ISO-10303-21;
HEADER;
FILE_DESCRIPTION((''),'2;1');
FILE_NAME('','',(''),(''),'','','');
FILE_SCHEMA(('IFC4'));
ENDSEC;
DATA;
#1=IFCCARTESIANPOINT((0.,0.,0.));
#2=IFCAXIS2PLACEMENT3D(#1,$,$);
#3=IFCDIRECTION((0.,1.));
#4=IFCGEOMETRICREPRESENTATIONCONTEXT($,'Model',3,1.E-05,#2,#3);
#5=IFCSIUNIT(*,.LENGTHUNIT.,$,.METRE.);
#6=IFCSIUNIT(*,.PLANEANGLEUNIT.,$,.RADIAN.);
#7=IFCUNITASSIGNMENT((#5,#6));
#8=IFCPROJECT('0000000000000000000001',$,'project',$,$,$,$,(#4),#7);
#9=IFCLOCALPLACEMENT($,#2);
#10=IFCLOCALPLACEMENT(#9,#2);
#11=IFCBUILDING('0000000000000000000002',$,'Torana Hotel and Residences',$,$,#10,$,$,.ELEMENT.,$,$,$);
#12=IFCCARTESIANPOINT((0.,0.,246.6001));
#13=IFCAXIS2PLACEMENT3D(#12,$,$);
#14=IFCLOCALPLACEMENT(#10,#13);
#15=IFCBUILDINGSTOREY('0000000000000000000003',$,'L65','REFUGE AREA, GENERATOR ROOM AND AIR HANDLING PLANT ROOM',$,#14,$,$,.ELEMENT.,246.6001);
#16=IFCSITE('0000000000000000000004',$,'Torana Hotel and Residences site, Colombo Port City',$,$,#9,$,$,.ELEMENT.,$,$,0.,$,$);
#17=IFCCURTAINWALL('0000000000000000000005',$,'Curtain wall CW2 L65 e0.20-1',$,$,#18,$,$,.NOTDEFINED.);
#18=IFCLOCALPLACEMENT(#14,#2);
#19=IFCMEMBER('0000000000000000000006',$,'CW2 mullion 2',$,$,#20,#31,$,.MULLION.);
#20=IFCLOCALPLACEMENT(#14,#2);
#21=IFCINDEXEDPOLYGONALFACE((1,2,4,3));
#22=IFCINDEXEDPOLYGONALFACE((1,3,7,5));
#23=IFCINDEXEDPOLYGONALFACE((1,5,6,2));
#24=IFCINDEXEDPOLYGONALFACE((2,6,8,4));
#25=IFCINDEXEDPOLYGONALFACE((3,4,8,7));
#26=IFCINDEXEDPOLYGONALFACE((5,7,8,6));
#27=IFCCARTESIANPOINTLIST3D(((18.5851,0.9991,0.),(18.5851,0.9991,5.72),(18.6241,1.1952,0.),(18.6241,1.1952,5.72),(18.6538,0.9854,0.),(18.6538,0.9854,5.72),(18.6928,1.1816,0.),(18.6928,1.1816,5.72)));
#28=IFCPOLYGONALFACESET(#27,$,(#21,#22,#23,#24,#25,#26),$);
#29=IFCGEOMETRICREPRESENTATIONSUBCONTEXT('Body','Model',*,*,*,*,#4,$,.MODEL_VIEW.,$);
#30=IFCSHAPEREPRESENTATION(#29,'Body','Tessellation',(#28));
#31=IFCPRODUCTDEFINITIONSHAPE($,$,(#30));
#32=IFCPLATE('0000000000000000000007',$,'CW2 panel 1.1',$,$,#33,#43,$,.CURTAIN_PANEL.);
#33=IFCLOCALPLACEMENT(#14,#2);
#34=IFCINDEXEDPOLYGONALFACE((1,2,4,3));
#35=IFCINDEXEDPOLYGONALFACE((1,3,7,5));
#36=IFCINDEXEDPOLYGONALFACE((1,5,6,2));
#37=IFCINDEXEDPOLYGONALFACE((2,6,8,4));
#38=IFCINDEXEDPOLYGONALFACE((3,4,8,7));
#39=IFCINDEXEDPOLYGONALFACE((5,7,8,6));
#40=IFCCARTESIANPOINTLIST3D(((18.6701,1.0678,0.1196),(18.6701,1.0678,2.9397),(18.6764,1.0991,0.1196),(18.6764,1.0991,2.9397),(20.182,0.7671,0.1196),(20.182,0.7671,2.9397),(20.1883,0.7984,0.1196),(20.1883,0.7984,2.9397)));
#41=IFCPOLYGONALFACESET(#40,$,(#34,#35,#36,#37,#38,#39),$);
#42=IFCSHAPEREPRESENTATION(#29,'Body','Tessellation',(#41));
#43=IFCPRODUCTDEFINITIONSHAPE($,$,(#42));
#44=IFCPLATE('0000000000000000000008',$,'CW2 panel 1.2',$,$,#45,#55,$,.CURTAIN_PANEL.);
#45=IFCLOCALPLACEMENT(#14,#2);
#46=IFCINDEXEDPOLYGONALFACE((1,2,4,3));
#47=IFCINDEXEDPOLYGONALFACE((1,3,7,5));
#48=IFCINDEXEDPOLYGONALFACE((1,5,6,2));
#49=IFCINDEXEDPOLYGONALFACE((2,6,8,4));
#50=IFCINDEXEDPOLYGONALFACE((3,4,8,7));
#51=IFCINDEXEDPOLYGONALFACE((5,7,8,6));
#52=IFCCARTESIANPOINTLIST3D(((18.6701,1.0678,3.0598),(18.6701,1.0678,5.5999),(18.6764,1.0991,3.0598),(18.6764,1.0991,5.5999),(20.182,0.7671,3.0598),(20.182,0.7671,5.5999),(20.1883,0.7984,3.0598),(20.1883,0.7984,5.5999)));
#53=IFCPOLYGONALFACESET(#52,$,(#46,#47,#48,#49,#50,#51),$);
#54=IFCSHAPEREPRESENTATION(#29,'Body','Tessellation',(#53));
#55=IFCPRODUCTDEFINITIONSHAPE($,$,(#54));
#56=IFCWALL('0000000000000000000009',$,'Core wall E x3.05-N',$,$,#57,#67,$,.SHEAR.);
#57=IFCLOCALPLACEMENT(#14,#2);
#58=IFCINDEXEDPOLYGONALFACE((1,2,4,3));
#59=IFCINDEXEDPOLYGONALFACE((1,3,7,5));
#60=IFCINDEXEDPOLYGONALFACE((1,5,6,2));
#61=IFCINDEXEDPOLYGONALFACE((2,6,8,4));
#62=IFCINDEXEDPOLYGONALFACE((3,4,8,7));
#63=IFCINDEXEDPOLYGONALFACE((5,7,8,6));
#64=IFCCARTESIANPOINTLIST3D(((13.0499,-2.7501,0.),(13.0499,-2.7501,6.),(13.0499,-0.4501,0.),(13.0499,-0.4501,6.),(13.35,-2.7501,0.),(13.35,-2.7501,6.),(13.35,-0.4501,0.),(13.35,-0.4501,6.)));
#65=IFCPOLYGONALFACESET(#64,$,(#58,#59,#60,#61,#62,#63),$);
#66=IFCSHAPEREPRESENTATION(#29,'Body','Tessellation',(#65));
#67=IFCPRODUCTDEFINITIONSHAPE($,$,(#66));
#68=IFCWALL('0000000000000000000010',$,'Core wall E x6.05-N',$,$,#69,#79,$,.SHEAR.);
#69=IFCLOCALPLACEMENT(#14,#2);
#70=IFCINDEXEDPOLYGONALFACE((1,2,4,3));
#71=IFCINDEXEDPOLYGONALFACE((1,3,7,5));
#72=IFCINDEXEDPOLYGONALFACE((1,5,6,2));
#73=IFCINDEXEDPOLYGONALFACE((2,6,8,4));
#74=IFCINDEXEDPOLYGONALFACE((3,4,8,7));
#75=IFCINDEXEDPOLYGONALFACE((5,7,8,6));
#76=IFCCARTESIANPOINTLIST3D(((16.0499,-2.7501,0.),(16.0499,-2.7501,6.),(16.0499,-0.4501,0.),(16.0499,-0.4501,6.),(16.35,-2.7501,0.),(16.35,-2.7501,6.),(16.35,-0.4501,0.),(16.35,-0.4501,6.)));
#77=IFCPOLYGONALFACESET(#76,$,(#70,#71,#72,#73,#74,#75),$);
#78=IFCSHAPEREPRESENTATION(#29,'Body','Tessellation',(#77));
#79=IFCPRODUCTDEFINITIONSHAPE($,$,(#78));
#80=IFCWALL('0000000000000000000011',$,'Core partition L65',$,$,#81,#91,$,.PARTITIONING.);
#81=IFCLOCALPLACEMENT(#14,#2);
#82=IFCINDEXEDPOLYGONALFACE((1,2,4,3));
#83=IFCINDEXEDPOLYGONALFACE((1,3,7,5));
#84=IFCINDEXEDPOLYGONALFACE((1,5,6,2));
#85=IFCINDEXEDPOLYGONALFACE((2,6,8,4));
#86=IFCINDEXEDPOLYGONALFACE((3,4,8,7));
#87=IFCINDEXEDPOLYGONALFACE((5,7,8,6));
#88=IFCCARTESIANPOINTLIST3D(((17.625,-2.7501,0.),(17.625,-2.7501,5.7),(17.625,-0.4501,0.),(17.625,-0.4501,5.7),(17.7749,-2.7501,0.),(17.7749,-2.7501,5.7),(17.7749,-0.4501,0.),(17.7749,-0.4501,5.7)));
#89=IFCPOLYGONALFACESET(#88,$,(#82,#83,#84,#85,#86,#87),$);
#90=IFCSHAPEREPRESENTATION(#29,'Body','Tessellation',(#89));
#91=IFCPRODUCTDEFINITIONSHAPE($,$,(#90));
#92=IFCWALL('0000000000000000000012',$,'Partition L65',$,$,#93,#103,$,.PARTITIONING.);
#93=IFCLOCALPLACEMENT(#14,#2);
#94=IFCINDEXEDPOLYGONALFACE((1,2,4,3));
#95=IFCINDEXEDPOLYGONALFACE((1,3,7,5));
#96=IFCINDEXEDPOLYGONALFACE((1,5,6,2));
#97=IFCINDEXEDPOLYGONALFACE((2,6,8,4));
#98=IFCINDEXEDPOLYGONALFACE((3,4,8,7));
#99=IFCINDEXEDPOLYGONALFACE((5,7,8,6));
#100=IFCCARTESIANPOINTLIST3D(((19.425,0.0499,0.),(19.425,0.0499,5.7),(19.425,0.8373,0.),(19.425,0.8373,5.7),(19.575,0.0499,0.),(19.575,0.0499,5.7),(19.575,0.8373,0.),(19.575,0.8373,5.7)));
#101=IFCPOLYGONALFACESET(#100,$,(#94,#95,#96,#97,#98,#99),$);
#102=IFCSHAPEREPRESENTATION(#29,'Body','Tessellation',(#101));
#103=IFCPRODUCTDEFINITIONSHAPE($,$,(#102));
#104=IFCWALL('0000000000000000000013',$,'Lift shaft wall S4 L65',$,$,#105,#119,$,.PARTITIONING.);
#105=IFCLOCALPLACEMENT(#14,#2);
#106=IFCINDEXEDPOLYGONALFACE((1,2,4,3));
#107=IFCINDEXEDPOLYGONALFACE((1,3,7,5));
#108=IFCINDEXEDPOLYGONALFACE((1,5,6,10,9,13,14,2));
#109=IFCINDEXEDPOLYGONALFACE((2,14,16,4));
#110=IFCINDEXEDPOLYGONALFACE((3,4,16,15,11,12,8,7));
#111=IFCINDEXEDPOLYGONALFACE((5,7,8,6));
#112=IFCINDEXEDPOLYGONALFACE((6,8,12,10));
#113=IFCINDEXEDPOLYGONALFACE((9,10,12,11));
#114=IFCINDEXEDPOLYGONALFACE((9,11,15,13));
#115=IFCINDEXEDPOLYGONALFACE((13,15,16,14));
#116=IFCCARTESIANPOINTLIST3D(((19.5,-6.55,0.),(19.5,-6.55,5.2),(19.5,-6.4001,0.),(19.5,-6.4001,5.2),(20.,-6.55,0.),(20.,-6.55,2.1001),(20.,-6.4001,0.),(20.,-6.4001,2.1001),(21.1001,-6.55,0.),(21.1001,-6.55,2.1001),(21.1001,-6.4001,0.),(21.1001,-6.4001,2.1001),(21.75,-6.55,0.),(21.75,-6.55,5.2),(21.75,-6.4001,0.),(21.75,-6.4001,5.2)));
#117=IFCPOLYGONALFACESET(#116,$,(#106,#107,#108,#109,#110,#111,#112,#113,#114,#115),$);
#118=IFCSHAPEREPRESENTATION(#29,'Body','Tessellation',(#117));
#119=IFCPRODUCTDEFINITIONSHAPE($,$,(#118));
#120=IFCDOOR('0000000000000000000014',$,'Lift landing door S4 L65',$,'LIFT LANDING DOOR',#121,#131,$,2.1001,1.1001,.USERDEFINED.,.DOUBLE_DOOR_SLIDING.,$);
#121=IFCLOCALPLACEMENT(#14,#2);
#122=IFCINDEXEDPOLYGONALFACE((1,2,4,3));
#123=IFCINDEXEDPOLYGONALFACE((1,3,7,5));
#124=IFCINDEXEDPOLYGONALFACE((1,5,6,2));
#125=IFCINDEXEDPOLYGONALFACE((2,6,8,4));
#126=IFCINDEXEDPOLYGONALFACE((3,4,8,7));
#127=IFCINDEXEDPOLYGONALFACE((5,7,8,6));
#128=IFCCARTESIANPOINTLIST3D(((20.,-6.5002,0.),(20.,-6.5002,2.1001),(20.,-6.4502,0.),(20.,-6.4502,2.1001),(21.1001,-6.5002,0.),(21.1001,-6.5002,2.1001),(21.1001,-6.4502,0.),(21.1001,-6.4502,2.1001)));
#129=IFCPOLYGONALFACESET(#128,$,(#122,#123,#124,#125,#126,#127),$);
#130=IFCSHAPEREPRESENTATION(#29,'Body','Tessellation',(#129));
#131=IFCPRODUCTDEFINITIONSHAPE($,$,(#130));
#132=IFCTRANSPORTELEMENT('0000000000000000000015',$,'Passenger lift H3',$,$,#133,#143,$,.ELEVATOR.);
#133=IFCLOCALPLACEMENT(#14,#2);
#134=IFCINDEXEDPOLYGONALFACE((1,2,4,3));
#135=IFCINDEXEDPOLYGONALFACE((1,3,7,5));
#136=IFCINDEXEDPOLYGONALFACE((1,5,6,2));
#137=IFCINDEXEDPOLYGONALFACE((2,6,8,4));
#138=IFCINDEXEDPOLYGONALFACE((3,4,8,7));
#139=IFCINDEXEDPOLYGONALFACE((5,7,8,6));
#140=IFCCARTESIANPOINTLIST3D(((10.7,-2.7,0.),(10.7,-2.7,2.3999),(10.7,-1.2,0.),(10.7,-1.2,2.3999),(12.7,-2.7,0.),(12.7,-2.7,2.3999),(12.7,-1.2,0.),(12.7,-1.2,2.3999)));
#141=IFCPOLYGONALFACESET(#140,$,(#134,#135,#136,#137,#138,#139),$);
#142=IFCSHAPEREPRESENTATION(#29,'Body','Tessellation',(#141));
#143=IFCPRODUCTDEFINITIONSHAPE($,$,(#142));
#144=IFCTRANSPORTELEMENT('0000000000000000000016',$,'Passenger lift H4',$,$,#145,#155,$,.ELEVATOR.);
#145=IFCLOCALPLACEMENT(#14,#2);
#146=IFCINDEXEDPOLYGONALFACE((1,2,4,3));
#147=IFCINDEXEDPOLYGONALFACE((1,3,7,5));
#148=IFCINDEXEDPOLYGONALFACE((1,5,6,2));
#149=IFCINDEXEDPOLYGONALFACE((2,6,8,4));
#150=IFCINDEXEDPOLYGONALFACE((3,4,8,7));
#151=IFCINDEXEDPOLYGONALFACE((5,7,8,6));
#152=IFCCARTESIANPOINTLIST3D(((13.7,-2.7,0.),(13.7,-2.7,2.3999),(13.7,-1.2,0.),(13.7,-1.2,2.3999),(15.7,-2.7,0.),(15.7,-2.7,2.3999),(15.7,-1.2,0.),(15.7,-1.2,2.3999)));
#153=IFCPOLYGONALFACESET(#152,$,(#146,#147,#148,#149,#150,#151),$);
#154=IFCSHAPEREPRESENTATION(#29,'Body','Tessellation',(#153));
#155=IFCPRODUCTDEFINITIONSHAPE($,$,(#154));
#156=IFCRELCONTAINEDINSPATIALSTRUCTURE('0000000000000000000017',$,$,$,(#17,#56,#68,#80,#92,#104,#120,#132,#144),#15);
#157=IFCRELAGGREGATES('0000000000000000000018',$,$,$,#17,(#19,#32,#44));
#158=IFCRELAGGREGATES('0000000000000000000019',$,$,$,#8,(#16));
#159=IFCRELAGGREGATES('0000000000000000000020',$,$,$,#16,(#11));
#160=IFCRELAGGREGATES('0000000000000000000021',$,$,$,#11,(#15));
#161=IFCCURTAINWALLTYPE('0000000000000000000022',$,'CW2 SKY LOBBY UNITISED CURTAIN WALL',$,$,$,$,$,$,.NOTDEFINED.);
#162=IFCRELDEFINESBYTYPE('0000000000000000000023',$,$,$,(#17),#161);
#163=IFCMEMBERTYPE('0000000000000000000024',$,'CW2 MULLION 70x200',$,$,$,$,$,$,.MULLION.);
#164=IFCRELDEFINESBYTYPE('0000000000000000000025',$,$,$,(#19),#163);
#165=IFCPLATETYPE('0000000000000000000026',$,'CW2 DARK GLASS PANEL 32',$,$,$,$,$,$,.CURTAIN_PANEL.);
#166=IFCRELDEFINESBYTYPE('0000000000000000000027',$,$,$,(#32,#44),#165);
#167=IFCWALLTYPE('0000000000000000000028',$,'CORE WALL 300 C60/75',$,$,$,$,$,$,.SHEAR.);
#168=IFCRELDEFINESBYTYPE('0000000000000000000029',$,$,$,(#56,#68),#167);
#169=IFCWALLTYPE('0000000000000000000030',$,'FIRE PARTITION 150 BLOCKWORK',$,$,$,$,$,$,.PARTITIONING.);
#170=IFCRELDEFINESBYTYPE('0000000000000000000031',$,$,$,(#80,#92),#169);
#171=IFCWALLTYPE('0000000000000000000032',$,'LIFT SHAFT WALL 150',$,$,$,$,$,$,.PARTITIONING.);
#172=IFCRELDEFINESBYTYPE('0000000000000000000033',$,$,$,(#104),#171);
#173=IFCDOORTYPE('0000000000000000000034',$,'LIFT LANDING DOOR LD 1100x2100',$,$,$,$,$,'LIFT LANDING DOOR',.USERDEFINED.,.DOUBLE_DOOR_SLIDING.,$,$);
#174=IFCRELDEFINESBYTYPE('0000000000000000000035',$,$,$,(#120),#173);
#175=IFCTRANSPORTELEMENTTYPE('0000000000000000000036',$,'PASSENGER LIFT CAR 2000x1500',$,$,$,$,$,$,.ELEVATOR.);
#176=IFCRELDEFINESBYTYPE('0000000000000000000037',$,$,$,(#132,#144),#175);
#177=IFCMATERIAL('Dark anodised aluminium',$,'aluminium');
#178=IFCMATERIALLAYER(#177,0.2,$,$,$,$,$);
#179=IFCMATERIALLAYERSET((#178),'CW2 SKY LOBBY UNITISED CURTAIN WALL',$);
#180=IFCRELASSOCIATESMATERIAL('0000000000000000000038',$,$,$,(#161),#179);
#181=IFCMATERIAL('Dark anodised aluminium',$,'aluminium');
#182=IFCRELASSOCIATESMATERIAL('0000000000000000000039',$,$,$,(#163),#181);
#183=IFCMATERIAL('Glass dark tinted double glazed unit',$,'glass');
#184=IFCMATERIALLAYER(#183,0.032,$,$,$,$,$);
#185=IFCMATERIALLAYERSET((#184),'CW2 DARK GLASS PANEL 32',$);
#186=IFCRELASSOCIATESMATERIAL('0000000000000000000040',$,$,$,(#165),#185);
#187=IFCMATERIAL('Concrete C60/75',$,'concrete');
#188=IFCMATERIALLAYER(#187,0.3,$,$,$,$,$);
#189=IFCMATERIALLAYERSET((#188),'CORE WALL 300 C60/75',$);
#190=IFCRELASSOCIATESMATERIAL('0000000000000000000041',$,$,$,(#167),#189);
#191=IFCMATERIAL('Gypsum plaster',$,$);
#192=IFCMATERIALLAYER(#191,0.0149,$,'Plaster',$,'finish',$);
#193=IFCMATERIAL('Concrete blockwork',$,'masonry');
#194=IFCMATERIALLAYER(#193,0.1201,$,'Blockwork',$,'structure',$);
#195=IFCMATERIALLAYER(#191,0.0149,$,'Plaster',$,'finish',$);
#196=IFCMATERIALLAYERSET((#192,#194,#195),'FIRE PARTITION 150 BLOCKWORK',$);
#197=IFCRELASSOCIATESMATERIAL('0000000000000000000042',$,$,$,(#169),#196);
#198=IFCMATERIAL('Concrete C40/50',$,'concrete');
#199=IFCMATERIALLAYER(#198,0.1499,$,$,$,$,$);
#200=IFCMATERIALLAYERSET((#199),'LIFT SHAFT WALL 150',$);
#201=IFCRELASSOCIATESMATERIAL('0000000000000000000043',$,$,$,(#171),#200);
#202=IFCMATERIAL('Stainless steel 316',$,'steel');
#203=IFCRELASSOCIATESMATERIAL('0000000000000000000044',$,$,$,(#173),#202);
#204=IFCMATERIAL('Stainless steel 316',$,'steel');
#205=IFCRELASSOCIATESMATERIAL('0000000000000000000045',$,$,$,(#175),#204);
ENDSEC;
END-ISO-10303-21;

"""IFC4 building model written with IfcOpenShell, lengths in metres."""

from ifc_helpers import new_model, si_unit, direction, frame, frame_2d, origin, origin_2d, place, context, subcontext, project, spatial, rectangle, extrude, material, layer, layer_set, material_profile, profile_set, type_object, element, fill, aggregate, save


model = new_model("IFC4")

# Units and contexts
model_context = context("Model", 3, precision=1e-05, world=origin(), true_north=direction((0.0, 1.0)))
body_context = subcontext(model_context, "Body", "Model", "MODEL_VIEW")
ifc_project = project(units=[si_unit("LENGTHUNIT", "METRE"), si_unit("PLANEANGLEUNIT", "RADIAN")], contexts=[model_context])

# Site, building, storey
site_placement = place(None, origin())
site = spatial("IfcSite", under=ifc_project, at=site_placement, Name="Torana Hotel and Residences site, Colombo Port City", CompositionType="ELEMENT", RefElevation=0.0)
building_placement = place(site_placement, origin())
building = spatial("IfcBuilding", under=site, at=building_placement, Name="Torana Hotel and Residences", CompositionType="ELEMENT")
storey_placement = place(building_placement, frame((0.0, 0.0, 246.6001)))
storey = spatial("IfcBuildingStorey", under=building, at=storey_placement, Name="L65", Description="REFUGE AREA, GENERATOR ROOM AND AIR HANDLING PLANT ROOM", CompositionType="ELEMENT", Elevation=246.6001)

# Curtain wall, member, plates
ifc_material_1 = material(Name="Dark anodised aluminium", Category="aluminium")
ifc_layer_1 = layer(ifc_material_1, 0.2)
ifc_layer_set_1 = layer_set([ifc_layer_1], Name="CW2 SKY LOBBY UNITISED CURTAIN WALL")
curtain_wall_type = type_object("IfcCurtainWallType", Name="CW2 SKY LOBBY UNITISED CURTAIN WALL", PredefinedType="NOTDEFINED", material=ifc_layer_set_1)
curtain_wall_placement = place(storey_placement, origin())
curtain_wall = element("IfcCurtainWall", 1, at=curtain_wall_placement, inside=storey, type_object=curtain_wall_type, Name="Curtain wall CW2 L65 e0.20-1", PredefinedType="NOTDEFINED")
ifc_material_2 = material(Name="Dark anodised aluminium", Category="aluminium")
ifc_material_profile = material_profile(ifc_material_2, rectangle(XDim=0.2, YDim=0.0701, at=origin_2d()), Name="CW2 MULLION 70x200")
ifc_profile_set = profile_set([ifc_material_profile], Name="Dark anodised aluminium")
member_type = type_object("IfcMemberType", Name="CW2 MULLION 70x200", PredefinedType="MULLION", material=ifc_profile_set)
member_placement = place(storey_placement, frame((18.6389, 1.0903, 0.0), z_axis=(0.0, 0.0, 1.0), x_axis=(-0.195064, -0.980791, 0.0)))
member = element("IfcMember", 2, at=member_placement, type_object=member_type, Name="CW2 mullion 2", PredefinedType="MULLION", context=body_context, shape_type="SweptSolid", body=[
    extrude(rectangle(XDim=0.2, YDim=0.0701, at=origin_2d()), origin(), (0.0, 0.0, 1.0), 5.72),
])
ifc_material_3 = material(Name="Glass dark tinted double glazed unit", Category="glass")
ifc_layer_2 = layer(ifc_material_3, 0.032)
ifc_layer_set_2 = layer_set([ifc_layer_2], Name="CW2 DARK GLASS PANEL 32")
plate_type = type_object("IfcPlateType", Name="CW2 DARK GLASS PANEL 32", PredefinedType="CURTAIN_PANEL", material=ifc_layer_set_2)
plate_1_placement = place(storey_placement, frame((19.4292, 0.9331, 0.1196), z_axis=(0.0, 0.0, 1.0), x_axis=(-0.980791, 0.195064, 0.0)))
plate_1 = element("IfcPlate", 3, at=plate_1_placement, type_object=plate_type, Name="CW2 panel 1.1", PredefinedType="CURTAIN_PANEL", context=body_context, shape_type="SweptSolid", body=[
    extrude(rectangle(XDim=1.5415, YDim=0.032, at=origin_2d()), origin(), (0.0, 0.0, 1.0), 2.8201),
])
plate_2_placement = place(storey_placement, frame((19.4292, 0.9331, 3.0598), z_axis=(0.0, 0.0, 1.0), x_axis=(-0.980791, 0.195064, 0.0)))
plate_2 = element("IfcPlate", 4, at=plate_2_placement, type_object=plate_type, Name="CW2 panel 1.2", PredefinedType="CURTAIN_PANEL", context=body_context, shape_type="SweptSolid", body=[
    extrude(rectangle(XDim=1.5415, YDim=0.032, at=origin_2d()), origin(), (0.0, 0.0, 1.0), 2.54),
])
aggregate(curtain_wall, [member, plate_1, plate_2])

# Walls
ifc_material_4 = material(Name="Concrete C60/75", Category="concrete")
ifc_layer_3 = layer(ifc_material_4, 0.3)
ifc_layer_set_3 = layer_set([ifc_layer_3], Name="CORE WALL 300 C60/75")
wall_type_1 = type_object("IfcWallType", Name="CORE WALL 300 C60/75", PredefinedType="SHEAR", material=ifc_layer_set_3)
for number, where, z_axis, x_axis, name in (
    (5, (13.2, -2.75, 0.0), (0.0, 0.0, 1.0), (0.0, 1.0, 0.0), "Core wall E x3.05-N"),
    (6, (16.2, -2.75, 0.0), (0.0, 0.0, 1.0), (0.0, 1.0, 0.0), "Core wall E x6.05-N"),
):
    element("IfcWall", number, at=place(storey_placement, frame(where, z_axis=z_axis, x_axis=x_axis)), inside=storey, type_object=wall_type_1, Name=name, PredefinedType="SHEAR", context=body_context, shape_type="SweptSolid", body=[
        extrude(rectangle(XDim=2.3, YDim=0.3, at=frame_2d((1.1499, 0.0))), origin(), (0.0, 0.0, 1.0), 6.0),
    ])

# Walls
ifc_material_5 = material(Name="Gypsum plaster")
ifc_layer_4 = layer(ifc_material_5, 0.0149, Name="Plaster", Category="finish")
ifc_material_6 = material(Name="Concrete blockwork", Category="masonry")
ifc_layer_5 = layer(ifc_material_6, 0.1201, Name="Blockwork", Category="structure")
ifc_layer_6 = layer(ifc_material_5, 0.0149, Name="Plaster", Category="finish")
ifc_layer_set_4 = layer_set([ifc_layer_4, ifc_layer_5, ifc_layer_6], Name="FIRE PARTITION 150 BLOCKWORK")
wall_type_2 = type_object("IfcWallType", Name="FIRE PARTITION 150 BLOCKWORK", PredefinedType="PARTITIONING", material=ifc_layer_set_4)
wall_1_placement = place(storey_placement, frame((17.7, -2.75, 0.0), z_axis=(0.0, 0.0, 1.0), x_axis=(0.0, 1.0, 0.0)))
element("IfcWall", 7, at=wall_1_placement, inside=storey, type_object=wall_type_2, Name="Core partition L65", PredefinedType="PARTITIONING", context=body_context, shape_type="SweptSolid", body=[
    extrude(rectangle(XDim=2.3, YDim=0.1499, at=frame_2d((1.1499, 0.0))), origin(), (0.0, 0.0, 1.0), 5.7),
])
wall_2_placement = place(storey_placement, frame((19.5, 0.05, 0.0), z_axis=(0.0, 0.0, 1.0), x_axis=(0.0, 1.0, 0.0)))
element("IfcWall", 8, at=wall_2_placement, inside=storey, type_object=wall_type_2, Name="Partition L65", PredefinedType="PARTITIONING", context=body_context, shape_type="SweptSolid", body=[
    extrude(rectangle(XDim=0.7874, YDim=0.1499, at=frame_2d((0.3936, 0.0))), origin(), (0.0, 0.0, 1.0), 5.7),
])

# Wall, opening, door
ifc_material_7 = material(Name="Concrete C40/50", Category="concrete")
ifc_layer_7 = layer(ifc_material_7, 0.1499)
ifc_layer_set_5 = layer_set([ifc_layer_7], Name="LIFT SHAFT WALL 150")
wall_type_3 = type_object("IfcWallType", Name="LIFT SHAFT WALL 150", PredefinedType="PARTITIONING", material=ifc_layer_set_5)
wall_3_placement = place(storey_placement, frame((19.5, -6.4751, 0.0), z_axis=(0.0, 0.0, 1.0), x_axis=(1.0, 0.0, 0.0)))
wall_3 = element("IfcWall", 9, at=wall_3_placement, inside=storey, type_object=wall_type_3, Name="Lift shaft wall S4 L65", PredefinedType="PARTITIONING", context=body_context, shape_type="SweptSolid", body=[
    extrude(rectangle(XDim=2.25, YDim=0.1499, at=frame_2d((1.125, 0.0))), origin(), (0.0, 0.0, 1.0), 5.2),
])
opening_1_placement = place(wall_3_placement, frame((0.5, 0.0, 0.0)))
opening_1 = element("IfcOpeningElement", 10, at=opening_1_placement, cuts=wall_3, PredefinedType="OPENING", context=body_context, shape_type="SweptSolid", body=[
    extrude(rectangle(XDim=1.1001, YDim=2.1001, at=frame_2d((0.55, 1.05))), frame((0.0, 0.085, 0.0), z_axis=(0.0, -1.0, 0.0), x_axis=(1.0, 0.0, 0.0)), (0.0, 0.0, 1.0), 0.1699),
])
ifc_material_8 = material(Name="Stainless steel 316", Category="steel")
door_type = type_object("IfcDoorType", Name="LIFT LANDING DOOR LD 1100x2100", ElementType="LIFT LANDING DOOR", OperationType="DOUBLE_DOOR_SLIDING", PredefinedType="USERDEFINED", material=ifc_material_8)
door_placement = place(opening_1_placement, origin())
door = element("IfcDoor", 11, at=door_placement, inside=storey, type_object=door_type, Name="Lift landing door S4 L65", ObjectType="LIFT LANDING DOOR", OperationType="DOUBLE_DOOR_SLIDING", OverallHeight=2.1001, OverallWidth=1.1001, PredefinedType="USERDEFINED", context=body_context, shape_type="SweptSolid", body=[
    extrude(rectangle(XDim=1.1001, YDim=2.1001, at=frame_2d((0.55, 1.05))), frame((0.0, 0.0249, 0.0), z_axis=(0.0, -1.0, 0.0), x_axis=(1.0, 0.0, 0.0)), (0.0, 0.0, 1.0), 0.05),
])
fill(opening_1, door)

# Transport elements
ifc_material_9 = material(Name="Stainless steel 316", Category="steel")
transport_element_type = type_object("IfcTransportElementType", Name="PASSENGER LIFT CAR 2000x1500", PredefinedType="ELEVATOR", material=ifc_material_9)
for number, where, z_axis, x_axis, name in (
    (12, (11.7, -1.95, 0.0), (0.0, 0.0, 1.0), (1.0, 0.0, 0.0), "Passenger lift H3"),
    (13, (14.7, -1.95, 0.0), (0.0, 0.0, 1.0), (1.0, 0.0, 0.0), "Passenger lift H4"),
):
    element("IfcTransportElement", number, at=place(storey_placement, frame(where, z_axis=z_axis, x_axis=x_axis)), inside=storey, type_object=transport_element_type, Name=name, PredefinedType="ELEVATOR", context=body_context, shape_type="SweptSolid", body=[
        extrude(rectangle(XDim=2.0, YDim=1.5, at=origin_2d()), origin(), (0.0, 0.0, 1.0), 2.3999),
    ])

save(model, "model.ifc")
